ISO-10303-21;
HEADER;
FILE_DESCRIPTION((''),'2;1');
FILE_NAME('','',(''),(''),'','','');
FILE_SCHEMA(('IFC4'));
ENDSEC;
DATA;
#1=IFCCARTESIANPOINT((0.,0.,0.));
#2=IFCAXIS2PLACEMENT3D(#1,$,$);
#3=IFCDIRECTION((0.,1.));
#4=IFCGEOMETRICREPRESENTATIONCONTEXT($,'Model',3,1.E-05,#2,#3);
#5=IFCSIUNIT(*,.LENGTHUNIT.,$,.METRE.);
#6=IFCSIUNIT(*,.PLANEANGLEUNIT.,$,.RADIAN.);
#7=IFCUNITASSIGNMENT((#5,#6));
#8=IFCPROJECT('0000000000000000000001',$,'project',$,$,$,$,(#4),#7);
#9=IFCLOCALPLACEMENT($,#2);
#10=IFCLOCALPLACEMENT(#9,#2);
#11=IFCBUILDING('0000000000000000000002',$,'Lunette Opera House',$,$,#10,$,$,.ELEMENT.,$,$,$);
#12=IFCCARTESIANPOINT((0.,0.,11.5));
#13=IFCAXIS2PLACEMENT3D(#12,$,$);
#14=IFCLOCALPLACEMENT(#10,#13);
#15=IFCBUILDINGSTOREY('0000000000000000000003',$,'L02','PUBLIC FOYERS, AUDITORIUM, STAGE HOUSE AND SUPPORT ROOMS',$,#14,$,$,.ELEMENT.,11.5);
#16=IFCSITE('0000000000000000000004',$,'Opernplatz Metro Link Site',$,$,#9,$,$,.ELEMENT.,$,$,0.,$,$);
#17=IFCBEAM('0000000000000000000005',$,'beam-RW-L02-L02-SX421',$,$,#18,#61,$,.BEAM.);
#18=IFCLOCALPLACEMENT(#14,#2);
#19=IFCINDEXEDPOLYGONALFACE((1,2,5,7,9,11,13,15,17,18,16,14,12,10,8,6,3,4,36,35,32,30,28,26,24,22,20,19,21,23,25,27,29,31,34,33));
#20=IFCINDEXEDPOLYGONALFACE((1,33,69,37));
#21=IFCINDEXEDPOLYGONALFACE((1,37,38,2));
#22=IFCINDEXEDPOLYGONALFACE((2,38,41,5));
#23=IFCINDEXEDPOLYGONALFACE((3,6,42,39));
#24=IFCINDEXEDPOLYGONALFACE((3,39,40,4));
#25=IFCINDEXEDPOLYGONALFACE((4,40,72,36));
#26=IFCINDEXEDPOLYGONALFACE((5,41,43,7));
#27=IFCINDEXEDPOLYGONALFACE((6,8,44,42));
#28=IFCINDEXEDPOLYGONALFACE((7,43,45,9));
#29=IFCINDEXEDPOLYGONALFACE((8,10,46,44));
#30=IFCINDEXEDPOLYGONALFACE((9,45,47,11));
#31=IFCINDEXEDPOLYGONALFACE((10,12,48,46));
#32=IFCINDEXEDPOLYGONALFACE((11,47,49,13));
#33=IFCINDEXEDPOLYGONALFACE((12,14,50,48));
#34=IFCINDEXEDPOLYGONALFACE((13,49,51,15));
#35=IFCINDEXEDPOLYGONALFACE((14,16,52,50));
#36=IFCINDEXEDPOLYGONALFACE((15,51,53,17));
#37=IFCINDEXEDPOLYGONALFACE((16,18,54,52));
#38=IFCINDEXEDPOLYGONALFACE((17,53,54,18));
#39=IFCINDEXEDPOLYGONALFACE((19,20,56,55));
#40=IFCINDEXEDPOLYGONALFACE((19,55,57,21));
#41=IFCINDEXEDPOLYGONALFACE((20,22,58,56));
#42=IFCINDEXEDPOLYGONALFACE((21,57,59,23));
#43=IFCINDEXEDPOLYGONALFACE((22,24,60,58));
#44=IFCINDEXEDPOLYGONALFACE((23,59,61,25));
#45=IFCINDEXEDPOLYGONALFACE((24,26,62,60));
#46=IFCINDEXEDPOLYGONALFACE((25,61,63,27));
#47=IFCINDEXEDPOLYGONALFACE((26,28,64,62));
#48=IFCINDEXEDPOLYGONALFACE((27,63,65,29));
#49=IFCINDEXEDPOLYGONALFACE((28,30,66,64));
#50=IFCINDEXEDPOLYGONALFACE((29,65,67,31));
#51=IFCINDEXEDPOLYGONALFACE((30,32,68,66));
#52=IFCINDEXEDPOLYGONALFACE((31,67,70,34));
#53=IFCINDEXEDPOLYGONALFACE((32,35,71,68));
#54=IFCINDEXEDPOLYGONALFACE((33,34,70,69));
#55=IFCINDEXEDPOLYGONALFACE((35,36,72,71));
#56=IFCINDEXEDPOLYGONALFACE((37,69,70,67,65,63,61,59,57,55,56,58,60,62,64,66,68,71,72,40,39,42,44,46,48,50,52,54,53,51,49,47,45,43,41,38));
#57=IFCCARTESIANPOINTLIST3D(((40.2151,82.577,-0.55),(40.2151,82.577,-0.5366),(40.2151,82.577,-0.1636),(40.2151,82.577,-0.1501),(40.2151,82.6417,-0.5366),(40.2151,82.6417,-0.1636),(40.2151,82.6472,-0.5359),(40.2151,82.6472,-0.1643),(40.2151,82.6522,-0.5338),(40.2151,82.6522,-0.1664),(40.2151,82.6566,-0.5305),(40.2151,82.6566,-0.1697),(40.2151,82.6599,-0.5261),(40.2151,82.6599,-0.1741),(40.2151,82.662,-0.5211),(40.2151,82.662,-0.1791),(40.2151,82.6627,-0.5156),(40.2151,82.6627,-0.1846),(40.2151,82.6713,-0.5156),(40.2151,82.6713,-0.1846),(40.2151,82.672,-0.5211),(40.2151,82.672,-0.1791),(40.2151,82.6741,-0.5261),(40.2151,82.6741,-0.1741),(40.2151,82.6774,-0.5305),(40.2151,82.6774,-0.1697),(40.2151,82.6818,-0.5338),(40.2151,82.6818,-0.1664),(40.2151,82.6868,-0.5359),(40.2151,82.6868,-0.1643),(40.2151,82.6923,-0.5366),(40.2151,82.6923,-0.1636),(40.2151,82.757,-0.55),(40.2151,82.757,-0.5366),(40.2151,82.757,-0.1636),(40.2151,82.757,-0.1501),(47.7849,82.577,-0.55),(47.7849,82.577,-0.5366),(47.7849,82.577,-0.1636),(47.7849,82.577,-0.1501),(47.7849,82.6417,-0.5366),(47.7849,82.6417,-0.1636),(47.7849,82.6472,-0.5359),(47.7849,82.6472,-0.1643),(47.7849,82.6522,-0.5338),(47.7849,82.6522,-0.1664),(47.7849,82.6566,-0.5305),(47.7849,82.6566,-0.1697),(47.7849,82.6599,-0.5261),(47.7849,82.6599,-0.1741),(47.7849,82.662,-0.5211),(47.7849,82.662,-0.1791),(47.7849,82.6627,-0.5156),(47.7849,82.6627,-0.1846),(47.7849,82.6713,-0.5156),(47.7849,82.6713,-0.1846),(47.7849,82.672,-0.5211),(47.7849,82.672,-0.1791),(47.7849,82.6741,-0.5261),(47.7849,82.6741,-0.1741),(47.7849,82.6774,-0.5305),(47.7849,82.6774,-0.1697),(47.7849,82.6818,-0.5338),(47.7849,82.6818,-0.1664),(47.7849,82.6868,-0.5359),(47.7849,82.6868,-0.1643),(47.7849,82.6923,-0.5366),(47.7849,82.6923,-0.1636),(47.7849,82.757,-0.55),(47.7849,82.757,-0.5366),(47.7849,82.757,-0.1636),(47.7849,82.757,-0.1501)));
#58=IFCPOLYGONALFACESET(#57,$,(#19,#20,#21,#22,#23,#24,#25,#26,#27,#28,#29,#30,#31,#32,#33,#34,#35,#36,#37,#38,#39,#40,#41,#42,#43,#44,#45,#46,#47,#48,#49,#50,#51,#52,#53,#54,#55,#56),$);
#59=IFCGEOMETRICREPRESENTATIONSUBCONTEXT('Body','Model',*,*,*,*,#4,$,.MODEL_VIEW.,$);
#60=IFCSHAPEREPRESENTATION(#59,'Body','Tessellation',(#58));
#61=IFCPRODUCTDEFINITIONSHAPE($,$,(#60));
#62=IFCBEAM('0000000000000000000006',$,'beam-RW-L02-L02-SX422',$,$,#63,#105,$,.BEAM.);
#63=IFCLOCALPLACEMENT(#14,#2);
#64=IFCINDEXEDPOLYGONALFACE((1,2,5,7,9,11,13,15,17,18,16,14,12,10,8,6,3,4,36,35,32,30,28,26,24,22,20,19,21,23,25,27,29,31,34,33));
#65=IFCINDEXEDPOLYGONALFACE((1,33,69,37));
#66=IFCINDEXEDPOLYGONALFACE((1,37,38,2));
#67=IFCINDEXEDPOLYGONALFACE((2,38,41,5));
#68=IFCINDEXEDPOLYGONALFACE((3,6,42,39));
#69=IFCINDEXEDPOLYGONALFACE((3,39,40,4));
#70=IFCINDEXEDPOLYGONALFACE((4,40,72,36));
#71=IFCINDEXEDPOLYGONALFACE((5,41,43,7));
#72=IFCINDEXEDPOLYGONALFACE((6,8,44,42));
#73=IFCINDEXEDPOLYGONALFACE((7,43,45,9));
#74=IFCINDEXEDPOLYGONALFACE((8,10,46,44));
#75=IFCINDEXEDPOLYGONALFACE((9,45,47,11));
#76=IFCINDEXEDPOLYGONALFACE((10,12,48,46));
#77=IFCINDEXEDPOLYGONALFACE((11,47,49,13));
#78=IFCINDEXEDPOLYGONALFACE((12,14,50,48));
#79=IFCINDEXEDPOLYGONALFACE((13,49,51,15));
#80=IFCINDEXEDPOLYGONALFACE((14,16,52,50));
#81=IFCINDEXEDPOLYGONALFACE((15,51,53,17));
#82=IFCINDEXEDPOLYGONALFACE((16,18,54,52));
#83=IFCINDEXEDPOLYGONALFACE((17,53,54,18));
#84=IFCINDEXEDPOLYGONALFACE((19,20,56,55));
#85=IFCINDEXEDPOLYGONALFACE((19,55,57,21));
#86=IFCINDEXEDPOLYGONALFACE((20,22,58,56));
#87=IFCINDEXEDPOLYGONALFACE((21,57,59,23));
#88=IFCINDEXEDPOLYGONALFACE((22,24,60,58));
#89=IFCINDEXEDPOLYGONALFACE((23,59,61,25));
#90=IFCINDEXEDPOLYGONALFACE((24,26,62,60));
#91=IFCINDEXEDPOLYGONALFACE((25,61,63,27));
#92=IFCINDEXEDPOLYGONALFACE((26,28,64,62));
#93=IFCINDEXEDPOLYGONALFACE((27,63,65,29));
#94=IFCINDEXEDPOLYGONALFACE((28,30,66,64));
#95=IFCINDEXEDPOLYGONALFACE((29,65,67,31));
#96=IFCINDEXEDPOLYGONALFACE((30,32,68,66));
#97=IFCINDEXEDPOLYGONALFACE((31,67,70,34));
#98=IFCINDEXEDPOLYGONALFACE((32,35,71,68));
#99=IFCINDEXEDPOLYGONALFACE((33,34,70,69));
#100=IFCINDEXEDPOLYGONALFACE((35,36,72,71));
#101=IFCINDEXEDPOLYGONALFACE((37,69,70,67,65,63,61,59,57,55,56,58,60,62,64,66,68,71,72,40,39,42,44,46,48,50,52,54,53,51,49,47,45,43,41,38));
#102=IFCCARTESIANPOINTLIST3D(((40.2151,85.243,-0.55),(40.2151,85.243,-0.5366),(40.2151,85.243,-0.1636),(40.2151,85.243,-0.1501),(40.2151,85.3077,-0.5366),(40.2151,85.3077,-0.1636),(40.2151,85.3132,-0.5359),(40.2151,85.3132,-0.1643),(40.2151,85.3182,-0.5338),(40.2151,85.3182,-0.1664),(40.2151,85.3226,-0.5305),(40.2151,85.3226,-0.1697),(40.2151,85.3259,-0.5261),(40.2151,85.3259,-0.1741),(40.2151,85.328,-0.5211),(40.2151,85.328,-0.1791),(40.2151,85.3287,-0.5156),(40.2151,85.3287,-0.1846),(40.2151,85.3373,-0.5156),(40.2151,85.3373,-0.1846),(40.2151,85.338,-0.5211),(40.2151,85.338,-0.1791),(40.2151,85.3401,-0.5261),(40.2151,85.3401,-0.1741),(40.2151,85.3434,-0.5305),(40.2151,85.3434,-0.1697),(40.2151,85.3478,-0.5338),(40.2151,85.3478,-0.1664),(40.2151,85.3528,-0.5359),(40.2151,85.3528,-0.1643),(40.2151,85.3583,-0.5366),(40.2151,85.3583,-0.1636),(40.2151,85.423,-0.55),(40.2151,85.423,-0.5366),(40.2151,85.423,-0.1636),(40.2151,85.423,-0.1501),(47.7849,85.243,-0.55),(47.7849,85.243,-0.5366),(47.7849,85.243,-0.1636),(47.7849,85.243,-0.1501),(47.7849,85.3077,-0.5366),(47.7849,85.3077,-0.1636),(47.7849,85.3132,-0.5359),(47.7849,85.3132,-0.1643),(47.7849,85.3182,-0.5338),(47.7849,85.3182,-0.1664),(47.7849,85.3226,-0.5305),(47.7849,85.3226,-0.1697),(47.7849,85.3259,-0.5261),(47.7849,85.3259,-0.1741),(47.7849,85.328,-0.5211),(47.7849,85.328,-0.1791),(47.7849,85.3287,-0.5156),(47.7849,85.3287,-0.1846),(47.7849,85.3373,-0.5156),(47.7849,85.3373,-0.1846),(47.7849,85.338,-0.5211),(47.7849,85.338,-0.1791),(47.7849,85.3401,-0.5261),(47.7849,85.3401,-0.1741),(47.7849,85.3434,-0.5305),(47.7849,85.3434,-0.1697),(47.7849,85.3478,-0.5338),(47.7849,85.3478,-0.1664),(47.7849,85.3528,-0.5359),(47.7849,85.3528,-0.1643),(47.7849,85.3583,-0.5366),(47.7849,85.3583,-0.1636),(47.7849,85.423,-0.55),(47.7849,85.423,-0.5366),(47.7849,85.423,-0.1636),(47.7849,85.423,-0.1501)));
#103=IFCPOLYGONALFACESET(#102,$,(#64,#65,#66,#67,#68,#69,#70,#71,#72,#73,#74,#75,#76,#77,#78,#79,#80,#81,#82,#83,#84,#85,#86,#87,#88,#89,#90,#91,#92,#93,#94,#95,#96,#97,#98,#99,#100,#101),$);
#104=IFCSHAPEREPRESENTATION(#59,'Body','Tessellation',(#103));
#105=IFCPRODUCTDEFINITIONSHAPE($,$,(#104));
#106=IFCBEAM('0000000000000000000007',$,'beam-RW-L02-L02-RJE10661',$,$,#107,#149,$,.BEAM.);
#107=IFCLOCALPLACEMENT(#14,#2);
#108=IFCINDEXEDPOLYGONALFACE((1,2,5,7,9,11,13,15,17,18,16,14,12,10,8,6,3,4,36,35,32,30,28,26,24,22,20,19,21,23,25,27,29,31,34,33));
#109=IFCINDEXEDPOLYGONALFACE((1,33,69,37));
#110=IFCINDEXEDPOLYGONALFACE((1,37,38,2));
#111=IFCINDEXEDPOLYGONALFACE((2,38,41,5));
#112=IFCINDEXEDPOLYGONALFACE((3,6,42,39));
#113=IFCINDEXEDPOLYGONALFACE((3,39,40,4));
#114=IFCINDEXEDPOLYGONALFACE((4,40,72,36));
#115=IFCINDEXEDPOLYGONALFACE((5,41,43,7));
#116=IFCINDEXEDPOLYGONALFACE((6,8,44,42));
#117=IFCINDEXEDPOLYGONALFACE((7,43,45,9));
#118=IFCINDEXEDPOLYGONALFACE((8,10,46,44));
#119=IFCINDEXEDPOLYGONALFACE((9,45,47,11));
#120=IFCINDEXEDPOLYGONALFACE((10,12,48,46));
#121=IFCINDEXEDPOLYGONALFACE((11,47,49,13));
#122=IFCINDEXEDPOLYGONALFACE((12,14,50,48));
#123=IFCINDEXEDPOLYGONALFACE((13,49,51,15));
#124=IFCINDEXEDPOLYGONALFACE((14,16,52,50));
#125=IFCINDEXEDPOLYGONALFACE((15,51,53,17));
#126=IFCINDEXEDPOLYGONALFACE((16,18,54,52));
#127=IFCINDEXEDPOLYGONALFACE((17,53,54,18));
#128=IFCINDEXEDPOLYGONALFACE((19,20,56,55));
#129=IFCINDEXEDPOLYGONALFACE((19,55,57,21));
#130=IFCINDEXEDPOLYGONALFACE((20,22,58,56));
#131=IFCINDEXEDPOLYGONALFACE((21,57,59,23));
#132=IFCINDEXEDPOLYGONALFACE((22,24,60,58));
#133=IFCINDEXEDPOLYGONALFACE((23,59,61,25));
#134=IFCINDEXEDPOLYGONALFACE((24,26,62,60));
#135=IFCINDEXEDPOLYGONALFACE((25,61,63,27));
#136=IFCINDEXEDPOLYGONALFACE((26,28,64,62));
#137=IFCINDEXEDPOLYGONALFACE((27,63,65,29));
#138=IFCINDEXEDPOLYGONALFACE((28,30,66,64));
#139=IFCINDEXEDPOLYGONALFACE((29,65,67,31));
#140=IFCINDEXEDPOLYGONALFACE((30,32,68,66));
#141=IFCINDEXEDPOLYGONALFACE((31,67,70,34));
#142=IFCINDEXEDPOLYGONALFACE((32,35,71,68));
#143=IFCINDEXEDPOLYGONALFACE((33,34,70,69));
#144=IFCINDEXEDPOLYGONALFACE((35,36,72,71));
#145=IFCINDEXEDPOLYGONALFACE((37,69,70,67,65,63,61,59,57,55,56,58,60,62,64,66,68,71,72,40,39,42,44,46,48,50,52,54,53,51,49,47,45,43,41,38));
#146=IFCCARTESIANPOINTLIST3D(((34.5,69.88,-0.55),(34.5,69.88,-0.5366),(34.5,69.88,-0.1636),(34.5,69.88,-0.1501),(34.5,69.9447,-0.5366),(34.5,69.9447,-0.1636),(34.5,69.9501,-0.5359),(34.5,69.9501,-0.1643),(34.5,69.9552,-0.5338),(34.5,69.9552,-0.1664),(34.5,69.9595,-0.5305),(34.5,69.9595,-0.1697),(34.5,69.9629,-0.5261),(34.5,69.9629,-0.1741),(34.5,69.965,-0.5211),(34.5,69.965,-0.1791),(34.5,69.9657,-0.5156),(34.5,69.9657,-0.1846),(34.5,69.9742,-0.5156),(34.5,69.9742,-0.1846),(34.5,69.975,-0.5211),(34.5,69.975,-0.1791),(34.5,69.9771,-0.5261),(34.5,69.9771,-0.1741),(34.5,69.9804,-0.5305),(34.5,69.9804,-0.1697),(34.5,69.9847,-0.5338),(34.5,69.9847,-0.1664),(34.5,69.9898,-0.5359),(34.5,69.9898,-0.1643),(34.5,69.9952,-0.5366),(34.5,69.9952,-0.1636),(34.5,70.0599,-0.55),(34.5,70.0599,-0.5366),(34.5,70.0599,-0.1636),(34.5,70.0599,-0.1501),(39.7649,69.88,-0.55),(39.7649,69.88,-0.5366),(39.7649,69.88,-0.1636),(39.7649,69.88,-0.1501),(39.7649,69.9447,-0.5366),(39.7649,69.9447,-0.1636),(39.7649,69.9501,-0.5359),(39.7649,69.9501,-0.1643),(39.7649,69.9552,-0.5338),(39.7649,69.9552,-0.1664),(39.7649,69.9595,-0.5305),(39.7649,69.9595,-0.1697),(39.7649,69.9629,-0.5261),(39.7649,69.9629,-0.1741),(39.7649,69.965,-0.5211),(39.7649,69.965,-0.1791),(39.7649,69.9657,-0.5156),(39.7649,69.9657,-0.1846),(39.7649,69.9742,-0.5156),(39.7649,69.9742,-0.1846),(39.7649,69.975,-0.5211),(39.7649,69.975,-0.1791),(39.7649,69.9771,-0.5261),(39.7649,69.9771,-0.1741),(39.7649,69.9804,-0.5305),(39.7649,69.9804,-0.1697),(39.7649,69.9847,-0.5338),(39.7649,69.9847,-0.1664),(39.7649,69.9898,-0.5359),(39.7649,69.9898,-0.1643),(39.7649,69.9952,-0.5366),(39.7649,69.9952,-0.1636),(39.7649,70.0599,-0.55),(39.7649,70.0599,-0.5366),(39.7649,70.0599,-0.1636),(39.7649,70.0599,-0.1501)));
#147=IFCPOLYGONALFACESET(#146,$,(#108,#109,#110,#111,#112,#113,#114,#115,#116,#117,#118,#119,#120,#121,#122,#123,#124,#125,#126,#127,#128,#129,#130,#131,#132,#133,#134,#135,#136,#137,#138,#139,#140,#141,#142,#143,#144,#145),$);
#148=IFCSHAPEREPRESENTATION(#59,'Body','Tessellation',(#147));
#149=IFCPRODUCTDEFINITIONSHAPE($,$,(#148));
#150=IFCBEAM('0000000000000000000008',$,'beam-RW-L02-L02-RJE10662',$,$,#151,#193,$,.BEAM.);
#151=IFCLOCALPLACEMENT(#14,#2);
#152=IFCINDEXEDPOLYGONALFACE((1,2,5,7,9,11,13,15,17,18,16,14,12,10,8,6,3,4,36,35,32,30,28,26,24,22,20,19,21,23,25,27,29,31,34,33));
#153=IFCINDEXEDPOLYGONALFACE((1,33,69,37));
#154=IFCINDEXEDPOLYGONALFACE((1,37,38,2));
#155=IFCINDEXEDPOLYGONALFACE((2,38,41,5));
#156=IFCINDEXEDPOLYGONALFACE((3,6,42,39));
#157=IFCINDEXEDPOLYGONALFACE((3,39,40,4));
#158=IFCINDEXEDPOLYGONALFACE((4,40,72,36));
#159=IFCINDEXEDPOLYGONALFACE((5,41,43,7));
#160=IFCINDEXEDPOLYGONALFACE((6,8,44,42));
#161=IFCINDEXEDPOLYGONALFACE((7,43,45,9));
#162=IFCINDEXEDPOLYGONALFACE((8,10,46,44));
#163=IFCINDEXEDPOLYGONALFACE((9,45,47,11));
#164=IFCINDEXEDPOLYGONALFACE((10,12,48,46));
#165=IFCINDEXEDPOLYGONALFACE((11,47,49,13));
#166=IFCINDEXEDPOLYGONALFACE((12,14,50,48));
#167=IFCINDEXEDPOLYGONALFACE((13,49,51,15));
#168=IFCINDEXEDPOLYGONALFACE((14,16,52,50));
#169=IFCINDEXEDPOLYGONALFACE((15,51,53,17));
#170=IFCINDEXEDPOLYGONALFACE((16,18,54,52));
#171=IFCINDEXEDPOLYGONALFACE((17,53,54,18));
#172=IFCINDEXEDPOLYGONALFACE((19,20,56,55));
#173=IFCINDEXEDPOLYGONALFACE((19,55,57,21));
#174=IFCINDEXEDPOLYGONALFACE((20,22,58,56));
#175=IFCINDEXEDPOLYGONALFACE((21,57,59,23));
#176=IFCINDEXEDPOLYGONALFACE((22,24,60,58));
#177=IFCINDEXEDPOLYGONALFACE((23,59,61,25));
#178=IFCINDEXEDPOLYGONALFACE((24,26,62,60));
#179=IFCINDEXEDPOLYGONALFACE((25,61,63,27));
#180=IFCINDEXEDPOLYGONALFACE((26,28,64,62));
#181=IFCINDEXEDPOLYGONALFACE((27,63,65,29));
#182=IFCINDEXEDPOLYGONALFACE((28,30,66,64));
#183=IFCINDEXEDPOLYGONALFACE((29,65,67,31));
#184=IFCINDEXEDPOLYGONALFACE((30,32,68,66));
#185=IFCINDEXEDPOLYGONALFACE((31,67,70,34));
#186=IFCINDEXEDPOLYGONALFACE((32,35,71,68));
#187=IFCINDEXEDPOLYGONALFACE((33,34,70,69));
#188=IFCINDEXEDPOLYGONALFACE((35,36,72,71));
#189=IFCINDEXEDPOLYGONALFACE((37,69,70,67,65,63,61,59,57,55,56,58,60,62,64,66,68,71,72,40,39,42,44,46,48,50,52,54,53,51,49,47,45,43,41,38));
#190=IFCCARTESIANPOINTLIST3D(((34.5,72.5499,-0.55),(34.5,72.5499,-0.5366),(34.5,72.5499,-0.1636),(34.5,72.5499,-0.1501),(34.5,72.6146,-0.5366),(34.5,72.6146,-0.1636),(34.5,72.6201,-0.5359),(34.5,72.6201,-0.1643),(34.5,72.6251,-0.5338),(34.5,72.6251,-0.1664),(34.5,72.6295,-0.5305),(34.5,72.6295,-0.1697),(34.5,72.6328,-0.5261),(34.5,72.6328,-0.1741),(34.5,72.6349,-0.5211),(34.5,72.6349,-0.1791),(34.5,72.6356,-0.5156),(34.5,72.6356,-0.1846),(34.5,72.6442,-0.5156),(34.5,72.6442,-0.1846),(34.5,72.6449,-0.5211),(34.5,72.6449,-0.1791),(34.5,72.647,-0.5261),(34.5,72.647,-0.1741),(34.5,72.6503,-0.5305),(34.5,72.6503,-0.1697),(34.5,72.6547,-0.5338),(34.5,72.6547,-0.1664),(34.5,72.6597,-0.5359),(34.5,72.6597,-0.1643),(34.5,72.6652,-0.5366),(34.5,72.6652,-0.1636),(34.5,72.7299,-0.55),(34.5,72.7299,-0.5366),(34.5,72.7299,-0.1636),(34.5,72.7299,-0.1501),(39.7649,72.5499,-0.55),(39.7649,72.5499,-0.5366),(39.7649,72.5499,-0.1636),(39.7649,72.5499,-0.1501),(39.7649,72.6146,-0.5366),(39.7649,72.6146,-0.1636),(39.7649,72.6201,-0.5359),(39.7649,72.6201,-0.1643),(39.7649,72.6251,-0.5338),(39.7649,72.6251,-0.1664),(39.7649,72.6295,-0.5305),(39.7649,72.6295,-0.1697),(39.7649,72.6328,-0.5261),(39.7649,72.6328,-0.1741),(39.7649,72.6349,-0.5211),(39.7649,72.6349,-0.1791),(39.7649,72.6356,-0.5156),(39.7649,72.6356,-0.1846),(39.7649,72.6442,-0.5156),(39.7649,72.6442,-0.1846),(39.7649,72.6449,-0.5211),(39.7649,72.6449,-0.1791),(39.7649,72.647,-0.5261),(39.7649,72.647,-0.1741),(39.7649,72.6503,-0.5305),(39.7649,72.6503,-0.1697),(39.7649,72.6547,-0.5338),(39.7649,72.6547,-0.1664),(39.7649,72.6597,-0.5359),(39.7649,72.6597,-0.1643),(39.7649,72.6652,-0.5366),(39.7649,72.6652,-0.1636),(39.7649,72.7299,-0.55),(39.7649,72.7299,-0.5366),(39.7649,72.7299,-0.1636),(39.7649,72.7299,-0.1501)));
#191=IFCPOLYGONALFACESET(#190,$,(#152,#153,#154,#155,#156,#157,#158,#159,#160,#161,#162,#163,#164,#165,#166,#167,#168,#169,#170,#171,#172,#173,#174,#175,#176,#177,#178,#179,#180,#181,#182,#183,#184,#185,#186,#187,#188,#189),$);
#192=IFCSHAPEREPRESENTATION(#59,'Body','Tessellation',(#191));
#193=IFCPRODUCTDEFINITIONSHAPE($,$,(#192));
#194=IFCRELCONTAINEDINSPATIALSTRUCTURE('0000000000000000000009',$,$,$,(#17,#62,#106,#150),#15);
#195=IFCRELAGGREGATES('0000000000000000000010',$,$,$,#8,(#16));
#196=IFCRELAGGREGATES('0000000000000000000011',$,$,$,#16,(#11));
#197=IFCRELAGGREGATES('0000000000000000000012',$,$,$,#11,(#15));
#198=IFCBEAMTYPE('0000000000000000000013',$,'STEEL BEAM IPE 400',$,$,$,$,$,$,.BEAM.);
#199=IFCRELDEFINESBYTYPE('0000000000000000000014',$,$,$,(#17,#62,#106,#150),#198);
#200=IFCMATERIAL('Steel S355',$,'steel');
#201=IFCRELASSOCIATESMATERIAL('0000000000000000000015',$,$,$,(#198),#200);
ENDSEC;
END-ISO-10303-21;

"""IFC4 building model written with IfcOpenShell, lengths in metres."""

from ifc_helpers import new_model, si_unit, direction, frame, origin, origin_2d, place, context, subcontext, project, spatial, i_section, extrude, material, material_profile, profile_set, type_object, element, save


model = new_model("IFC4")

# Units and contexts
model_context = context("Model", 3, precision=1e-05, world=origin(), true_north=direction((0.0, 1.0)))
body_context = subcontext(model_context, "Body", "Model", "MODEL_VIEW")
ifc_project = project(units=[si_unit("LENGTHUNIT", "METRE"), si_unit("PLANEANGLEUNIT", "RADIAN")], contexts=[model_context])

# Site, building, storey
site_placement = place(None, origin())
site = spatial("IfcSite", under=ifc_project, at=site_placement, Name="Opernplatz Metro Link Site", CompositionType="ELEMENT", RefElevation=0.0)
building_placement = place(site_placement, origin())
building = spatial("IfcBuilding", under=site, at=building_placement, Name="Lunette Opera House", CompositionType="ELEMENT")
storey_placement = place(building_placement, frame((0.0, 0.0, 11.5)))
storey = spatial("IfcBuildingStorey", under=building, at=storey_placement, Name="L02", Description="PUBLIC FOYERS, AUDITORIUM, STAGE HOUSE AND SUPPORT ROOMS", CompositionType="ELEMENT", Elevation=11.5)

# Beams
ifc_material_1 = material(Name="Steel S355", Category="steel")
ifc_material_profile_1 = material_profile(ifc_material_1, i_section(OverallWidth=0.1799, OverallDepth=0.3999, WebThickness=0.0085, FlangeThickness=0.0134, FilletRadius=0.021, at=origin_2d()), Name="IPE 400")
ifc_profile_set_1 = profile_set([ifc_material_profile_1], Name="Steel S355")
beam_type_1 = type_object("IfcBeamType", Name="STEEL BEAM IPE 400", PredefinedType="BEAM", material=ifc_profile_set_1)
for number, where, z_axis, x_axis, name in (
    (1, (40.2151, 82.667, -0.3501), (1.0, 0.0, 0.0), (0.0, 1.0, 0.0), "beam-RW-L02-L02-SX421"),
    (2, (40.2151, 85.333, -0.3501), (1.0, 0.0, 0.0), (0.0, 1.0, 0.0), "beam-RW-L02-L02-SX422"),
):
    element("IfcBeam", number, at=place(storey_placement, frame(where, z_axis=z_axis, x_axis=x_axis)), inside=storey, type_object=beam_type_1, Name=name, PredefinedType="BEAM", context=body_context, shape_type="SweptSolid", body=[
        extrude(i_section(OverallWidth=0.1799, OverallDepth=0.3999, WebThickness=0.0085, FlangeThickness=0.0134, FilletRadius=0.021, at=origin_2d()), origin(), (0.0, 0.0, 1.0), 7.5698),
    ])
for number, where, z_axis, x_axis, name in (
    (3, (34.5, 69.97, -0.3501), (1.0, 0.0, 0.0), (0.0, 1.0, 0.0), "beam-RW-L02-L02-RJE10661"),
    (4, (34.5, 72.6399, -0.3501), (1.0, 0.0, 0.0), (0.0, 1.0, 0.0), "beam-RW-L02-L02-RJE10662"),
):
    element("IfcBeam", number, at=place(storey_placement, frame(where, z_axis=z_axis, x_axis=x_axis)), inside=storey, type_object=beam_type_1, Name=name, PredefinedType="BEAM", context=body_context, shape_type="SweptSolid", body=[
        extrude(i_section(OverallWidth=0.1799, OverallDepth=0.3999, WebThickness=0.0085, FlangeThickness=0.0134, FilletRadius=0.021, at=origin_2d()), origin(), (0.0, 0.0, 1.0), 5.2649),
    ])

save(model, "model.ifc")
